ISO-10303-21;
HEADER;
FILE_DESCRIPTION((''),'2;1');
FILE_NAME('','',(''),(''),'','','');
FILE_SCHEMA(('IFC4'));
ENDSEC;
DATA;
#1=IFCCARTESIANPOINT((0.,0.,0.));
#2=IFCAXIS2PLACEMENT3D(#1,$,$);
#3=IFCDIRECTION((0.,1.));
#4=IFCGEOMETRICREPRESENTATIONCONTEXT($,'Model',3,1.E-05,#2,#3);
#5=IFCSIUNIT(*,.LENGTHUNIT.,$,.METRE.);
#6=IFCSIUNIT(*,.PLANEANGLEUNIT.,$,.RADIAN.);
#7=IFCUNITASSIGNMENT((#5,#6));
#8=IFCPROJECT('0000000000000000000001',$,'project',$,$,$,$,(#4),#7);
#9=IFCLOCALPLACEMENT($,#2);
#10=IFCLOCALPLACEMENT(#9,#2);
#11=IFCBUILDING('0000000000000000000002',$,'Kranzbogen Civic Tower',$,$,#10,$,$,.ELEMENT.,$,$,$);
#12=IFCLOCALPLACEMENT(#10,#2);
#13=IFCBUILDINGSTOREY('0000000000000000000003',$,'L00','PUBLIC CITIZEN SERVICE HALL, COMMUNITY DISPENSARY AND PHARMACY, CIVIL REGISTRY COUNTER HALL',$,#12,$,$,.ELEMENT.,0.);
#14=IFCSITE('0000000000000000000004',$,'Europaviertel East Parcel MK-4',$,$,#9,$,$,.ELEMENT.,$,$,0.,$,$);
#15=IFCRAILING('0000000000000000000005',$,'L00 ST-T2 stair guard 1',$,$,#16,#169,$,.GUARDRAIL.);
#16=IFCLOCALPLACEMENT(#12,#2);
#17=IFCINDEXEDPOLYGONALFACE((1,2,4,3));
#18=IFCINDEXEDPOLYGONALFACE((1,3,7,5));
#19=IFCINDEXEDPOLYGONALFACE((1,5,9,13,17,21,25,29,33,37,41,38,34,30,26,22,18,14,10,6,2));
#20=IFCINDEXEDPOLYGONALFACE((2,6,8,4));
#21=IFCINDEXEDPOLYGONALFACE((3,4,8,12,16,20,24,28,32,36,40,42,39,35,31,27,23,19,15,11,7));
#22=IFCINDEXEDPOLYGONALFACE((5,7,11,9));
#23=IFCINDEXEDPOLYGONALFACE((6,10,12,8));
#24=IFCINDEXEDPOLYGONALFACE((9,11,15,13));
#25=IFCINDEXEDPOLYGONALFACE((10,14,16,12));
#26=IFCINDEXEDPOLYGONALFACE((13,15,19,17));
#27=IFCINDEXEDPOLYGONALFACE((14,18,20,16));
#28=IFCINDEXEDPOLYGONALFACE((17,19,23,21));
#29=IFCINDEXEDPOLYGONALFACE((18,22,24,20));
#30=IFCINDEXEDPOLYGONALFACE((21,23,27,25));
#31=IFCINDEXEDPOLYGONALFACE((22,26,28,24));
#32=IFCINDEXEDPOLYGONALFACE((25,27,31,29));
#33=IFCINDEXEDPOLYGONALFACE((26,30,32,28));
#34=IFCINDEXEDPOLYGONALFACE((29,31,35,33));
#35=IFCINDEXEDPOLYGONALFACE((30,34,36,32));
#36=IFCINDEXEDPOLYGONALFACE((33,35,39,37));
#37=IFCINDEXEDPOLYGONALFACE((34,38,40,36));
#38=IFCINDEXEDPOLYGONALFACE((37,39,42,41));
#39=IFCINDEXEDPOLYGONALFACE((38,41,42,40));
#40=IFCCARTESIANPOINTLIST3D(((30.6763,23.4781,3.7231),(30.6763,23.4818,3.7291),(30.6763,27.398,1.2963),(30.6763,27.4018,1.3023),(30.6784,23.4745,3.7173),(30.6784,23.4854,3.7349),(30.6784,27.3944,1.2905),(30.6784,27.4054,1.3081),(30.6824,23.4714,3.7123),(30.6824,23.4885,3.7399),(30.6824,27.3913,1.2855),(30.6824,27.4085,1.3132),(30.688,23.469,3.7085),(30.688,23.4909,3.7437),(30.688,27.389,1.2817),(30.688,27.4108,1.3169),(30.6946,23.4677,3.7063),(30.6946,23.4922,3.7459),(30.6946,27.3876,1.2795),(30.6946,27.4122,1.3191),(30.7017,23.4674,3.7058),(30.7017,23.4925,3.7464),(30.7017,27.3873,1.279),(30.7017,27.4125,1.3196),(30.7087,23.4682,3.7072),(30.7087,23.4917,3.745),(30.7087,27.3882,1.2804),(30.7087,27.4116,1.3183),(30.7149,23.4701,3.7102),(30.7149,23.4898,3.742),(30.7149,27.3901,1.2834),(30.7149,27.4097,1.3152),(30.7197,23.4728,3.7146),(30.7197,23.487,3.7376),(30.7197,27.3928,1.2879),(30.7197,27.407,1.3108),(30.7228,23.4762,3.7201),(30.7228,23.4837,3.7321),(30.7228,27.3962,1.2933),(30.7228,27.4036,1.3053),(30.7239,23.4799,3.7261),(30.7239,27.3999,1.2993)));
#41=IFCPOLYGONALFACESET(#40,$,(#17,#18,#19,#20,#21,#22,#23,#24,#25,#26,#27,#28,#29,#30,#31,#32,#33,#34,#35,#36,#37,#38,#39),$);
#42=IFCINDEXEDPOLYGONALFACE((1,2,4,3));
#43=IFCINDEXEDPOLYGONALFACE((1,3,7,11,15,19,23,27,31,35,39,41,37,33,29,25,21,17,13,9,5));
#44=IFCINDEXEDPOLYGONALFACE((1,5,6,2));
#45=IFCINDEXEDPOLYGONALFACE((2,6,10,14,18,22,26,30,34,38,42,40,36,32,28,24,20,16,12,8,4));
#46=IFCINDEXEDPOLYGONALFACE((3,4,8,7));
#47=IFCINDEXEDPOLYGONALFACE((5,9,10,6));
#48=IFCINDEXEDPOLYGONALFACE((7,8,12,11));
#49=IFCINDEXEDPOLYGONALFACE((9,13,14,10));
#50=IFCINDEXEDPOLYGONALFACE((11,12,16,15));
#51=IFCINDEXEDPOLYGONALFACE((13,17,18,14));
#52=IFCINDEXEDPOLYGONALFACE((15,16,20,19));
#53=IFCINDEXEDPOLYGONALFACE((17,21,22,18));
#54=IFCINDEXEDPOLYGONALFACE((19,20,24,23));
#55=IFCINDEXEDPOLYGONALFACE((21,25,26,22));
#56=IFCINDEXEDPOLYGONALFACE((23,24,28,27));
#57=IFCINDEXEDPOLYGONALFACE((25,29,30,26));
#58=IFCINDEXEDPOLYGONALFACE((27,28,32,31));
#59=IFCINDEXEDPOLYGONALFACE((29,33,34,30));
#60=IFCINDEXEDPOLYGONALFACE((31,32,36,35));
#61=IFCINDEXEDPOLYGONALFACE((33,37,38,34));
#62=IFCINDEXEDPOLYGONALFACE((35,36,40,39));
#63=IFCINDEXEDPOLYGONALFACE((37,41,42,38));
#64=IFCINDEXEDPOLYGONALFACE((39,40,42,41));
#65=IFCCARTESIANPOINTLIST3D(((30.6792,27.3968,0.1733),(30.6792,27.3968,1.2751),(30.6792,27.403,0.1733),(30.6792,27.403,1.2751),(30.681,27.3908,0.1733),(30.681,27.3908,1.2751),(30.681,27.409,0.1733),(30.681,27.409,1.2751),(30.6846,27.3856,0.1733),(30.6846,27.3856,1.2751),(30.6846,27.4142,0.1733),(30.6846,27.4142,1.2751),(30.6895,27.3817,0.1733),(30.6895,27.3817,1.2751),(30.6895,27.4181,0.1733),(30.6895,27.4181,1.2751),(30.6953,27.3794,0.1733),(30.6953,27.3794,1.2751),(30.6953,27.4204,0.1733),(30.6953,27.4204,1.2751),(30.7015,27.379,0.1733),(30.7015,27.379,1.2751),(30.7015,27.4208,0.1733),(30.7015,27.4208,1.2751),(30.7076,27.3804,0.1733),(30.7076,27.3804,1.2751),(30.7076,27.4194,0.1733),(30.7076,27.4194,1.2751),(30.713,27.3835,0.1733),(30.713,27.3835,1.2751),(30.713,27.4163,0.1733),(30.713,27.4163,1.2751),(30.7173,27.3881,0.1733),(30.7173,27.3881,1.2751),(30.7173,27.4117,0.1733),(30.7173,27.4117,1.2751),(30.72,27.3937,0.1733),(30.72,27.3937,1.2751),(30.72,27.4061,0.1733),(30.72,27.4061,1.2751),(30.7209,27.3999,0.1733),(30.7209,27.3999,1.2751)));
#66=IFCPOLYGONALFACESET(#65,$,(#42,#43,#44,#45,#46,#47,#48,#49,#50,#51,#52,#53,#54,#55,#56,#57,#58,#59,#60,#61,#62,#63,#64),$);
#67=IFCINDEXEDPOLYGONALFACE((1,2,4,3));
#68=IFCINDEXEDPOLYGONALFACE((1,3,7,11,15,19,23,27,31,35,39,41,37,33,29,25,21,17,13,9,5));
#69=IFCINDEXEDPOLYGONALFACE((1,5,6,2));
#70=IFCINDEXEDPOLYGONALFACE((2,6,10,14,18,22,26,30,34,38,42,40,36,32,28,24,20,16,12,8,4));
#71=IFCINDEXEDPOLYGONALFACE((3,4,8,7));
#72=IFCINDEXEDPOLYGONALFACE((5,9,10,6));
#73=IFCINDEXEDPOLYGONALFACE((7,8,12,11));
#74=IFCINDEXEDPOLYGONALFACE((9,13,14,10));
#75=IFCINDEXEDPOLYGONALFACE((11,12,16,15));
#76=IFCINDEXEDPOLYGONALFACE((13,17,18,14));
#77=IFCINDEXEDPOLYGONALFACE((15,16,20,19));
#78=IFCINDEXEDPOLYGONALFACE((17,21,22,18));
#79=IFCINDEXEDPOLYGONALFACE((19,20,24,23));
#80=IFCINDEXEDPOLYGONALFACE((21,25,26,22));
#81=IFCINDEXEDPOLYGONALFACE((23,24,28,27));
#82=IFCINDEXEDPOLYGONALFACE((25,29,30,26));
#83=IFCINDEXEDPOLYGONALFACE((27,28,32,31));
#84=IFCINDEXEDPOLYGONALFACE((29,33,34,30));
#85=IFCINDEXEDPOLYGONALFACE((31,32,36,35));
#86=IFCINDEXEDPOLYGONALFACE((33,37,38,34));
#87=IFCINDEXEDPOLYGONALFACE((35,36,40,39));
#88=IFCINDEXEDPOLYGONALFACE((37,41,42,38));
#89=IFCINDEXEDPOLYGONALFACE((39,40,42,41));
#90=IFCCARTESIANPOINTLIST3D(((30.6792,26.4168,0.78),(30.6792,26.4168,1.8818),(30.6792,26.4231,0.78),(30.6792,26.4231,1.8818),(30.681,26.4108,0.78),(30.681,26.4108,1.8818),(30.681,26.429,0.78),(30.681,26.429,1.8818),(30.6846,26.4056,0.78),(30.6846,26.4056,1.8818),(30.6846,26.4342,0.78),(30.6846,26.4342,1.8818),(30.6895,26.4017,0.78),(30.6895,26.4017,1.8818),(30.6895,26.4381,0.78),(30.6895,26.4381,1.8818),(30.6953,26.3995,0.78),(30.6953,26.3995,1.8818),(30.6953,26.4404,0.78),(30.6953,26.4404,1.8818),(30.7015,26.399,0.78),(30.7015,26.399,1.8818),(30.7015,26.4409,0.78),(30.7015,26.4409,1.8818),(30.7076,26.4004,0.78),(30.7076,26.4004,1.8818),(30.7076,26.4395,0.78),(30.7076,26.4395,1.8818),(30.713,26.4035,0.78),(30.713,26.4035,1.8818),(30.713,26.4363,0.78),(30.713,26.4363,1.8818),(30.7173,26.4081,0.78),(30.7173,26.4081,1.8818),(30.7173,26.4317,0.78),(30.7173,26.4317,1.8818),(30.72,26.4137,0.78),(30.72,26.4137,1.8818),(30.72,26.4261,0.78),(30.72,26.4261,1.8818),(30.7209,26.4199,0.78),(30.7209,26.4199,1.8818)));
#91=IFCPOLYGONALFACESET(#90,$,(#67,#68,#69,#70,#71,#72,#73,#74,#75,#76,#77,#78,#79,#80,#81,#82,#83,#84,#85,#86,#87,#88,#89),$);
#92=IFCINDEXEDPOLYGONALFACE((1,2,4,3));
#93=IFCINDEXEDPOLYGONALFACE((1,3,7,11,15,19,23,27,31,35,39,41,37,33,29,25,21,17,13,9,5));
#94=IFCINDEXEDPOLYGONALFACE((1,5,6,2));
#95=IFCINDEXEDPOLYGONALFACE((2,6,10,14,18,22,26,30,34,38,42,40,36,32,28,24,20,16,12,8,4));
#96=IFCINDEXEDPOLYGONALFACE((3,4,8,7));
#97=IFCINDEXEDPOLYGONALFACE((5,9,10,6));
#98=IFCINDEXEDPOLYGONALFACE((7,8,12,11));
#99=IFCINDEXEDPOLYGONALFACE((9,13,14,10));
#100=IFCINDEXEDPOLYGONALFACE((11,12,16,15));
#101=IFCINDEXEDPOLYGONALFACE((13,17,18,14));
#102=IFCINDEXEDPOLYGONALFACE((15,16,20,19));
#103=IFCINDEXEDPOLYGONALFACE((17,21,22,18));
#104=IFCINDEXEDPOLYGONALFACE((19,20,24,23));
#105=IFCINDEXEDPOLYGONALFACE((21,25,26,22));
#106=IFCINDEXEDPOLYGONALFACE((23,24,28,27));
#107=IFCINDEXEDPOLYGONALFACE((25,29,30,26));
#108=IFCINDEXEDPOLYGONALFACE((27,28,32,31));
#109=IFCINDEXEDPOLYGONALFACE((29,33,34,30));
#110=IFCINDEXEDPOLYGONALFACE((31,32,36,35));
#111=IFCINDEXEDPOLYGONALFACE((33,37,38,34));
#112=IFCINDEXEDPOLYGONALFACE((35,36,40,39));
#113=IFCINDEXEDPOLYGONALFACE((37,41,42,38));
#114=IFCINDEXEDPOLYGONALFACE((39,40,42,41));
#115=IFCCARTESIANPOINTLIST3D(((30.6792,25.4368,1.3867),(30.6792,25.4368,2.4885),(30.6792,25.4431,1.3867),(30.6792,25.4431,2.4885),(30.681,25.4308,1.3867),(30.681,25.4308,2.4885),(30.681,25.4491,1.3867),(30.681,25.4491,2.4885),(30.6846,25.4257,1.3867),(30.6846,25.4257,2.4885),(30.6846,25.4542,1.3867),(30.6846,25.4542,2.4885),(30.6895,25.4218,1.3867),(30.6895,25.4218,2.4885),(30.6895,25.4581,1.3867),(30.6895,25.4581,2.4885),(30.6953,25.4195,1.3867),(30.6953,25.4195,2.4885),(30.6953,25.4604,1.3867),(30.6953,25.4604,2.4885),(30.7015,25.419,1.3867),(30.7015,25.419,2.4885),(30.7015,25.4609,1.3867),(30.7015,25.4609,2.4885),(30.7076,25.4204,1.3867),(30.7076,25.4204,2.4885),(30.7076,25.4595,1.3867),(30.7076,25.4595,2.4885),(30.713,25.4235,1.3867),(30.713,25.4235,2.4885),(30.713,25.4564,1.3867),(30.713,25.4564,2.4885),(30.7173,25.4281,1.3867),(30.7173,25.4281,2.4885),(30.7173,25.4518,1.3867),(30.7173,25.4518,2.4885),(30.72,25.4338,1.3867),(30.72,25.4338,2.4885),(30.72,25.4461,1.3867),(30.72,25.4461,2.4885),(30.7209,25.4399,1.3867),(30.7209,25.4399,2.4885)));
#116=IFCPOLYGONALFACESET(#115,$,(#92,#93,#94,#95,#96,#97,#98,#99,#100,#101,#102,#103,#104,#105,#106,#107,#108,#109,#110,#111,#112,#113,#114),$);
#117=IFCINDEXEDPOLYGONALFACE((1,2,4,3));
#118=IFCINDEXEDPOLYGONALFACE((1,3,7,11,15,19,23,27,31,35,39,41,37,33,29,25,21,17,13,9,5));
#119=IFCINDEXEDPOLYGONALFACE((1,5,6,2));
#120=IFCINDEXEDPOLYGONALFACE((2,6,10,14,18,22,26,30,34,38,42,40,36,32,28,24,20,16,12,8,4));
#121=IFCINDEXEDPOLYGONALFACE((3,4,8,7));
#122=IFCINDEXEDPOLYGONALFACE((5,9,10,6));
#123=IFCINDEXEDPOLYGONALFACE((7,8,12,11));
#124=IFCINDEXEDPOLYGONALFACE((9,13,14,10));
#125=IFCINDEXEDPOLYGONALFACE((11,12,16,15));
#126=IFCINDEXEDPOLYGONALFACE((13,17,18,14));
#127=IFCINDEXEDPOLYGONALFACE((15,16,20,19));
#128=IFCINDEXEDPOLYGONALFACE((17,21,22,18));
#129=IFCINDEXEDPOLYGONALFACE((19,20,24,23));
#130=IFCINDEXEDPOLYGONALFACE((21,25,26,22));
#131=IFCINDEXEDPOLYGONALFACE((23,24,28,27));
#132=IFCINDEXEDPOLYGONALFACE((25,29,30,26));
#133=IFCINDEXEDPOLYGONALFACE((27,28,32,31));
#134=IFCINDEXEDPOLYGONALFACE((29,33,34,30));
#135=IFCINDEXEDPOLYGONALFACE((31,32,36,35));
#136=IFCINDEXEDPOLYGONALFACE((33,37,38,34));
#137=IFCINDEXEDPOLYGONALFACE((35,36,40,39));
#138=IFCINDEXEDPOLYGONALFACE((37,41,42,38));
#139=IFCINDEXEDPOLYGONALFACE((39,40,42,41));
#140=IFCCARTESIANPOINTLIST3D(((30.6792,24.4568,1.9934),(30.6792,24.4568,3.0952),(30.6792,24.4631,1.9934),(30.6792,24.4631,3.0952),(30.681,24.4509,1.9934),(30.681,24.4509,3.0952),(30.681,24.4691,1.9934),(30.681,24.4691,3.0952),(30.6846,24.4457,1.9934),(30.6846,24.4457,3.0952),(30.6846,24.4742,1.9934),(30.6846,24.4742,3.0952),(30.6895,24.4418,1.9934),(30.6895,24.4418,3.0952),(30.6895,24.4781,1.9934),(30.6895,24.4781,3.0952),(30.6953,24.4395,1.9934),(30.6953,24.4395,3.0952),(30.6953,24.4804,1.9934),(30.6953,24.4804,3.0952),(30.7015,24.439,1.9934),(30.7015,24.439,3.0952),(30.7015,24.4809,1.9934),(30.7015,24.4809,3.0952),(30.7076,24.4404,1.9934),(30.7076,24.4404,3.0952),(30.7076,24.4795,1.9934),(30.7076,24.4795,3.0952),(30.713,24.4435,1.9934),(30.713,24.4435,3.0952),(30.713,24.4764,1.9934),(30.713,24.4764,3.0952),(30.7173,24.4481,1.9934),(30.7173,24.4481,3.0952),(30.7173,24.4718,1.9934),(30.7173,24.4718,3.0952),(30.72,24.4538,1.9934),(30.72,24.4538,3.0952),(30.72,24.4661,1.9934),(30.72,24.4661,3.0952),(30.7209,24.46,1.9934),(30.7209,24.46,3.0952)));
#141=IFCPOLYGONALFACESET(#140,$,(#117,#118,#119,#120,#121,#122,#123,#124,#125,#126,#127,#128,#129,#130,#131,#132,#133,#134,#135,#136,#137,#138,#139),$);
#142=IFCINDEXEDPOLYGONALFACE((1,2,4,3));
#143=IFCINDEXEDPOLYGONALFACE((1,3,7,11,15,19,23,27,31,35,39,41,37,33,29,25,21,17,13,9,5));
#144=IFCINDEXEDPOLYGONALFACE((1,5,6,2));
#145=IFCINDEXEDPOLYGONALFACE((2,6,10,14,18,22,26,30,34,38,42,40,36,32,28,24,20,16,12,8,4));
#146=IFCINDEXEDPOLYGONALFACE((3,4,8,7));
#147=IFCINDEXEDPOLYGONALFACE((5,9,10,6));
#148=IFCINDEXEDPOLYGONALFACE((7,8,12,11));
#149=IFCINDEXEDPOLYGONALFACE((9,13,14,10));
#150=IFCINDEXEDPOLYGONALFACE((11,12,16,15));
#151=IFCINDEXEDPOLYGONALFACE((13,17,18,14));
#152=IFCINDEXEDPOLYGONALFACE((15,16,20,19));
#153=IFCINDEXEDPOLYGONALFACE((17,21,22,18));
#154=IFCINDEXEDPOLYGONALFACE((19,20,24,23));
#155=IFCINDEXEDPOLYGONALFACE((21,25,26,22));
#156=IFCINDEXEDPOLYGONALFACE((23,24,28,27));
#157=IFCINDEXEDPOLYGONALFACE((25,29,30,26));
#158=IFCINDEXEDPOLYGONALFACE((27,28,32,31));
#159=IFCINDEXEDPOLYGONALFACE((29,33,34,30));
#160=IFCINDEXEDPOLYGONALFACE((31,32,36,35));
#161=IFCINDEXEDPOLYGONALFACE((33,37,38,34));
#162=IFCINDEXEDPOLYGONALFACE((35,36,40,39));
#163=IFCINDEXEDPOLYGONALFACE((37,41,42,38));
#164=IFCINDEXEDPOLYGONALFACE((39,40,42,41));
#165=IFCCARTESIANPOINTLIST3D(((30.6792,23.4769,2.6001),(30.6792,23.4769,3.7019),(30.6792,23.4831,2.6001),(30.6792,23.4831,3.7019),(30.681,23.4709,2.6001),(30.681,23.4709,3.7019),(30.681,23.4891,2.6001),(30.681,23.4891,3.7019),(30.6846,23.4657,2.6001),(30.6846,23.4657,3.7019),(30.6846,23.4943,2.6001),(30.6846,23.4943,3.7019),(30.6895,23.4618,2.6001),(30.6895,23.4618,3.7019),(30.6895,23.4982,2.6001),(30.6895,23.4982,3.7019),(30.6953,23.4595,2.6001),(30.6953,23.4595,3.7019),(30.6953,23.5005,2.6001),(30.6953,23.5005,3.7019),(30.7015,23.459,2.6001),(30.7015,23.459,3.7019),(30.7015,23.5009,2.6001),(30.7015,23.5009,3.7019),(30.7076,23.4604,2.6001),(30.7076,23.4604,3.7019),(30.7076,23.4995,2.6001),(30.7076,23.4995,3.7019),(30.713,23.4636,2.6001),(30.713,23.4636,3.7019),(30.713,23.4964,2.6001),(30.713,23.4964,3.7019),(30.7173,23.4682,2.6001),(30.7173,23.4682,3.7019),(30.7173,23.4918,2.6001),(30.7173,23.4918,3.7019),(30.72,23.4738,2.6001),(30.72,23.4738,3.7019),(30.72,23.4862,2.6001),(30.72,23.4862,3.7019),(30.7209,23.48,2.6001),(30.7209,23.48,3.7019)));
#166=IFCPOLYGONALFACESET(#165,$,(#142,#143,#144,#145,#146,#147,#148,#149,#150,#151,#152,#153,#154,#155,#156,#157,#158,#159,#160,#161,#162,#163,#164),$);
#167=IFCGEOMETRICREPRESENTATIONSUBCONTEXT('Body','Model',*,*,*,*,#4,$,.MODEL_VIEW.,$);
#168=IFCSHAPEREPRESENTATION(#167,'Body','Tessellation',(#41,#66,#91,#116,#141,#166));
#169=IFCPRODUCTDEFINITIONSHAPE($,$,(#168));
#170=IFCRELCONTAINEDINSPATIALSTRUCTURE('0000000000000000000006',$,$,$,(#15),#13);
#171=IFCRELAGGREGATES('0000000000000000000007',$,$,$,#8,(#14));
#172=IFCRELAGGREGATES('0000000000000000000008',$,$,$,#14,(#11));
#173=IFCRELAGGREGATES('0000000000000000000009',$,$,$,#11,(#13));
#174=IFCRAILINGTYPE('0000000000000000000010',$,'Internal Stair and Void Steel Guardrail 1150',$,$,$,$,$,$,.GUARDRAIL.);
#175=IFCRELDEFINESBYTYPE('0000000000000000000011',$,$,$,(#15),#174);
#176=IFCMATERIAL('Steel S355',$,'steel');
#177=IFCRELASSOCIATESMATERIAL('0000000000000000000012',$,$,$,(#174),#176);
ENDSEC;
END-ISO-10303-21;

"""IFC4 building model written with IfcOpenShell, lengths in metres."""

from ifc_helpers import new_model, si_unit, direction, frame, origin, origin_2d, place, context, subcontext, project, spatial, circle, extrude, material, type_object, element, save


model = new_model("IFC4")

# Units and contexts
model_context = context("Model", 3, precision=1e-05, world=origin(), true_north=direction((0.0, 1.0)))
body_context = subcontext(model_context, "Body", "Model", "MODEL_VIEW")
ifc_project = project(units=[si_unit("LENGTHUNIT", "METRE"), si_unit("PLANEANGLEUNIT", "RADIAN")], contexts=[model_context])

# Site, building, storey
site_placement = place(None, origin())
site = spatial("IfcSite", under=ifc_project, at=site_placement, Name="Europaviertel East Parcel MK-4", CompositionType="ELEMENT", RefElevation=0.0)
building_placement = place(site_placement, origin())
building = spatial("IfcBuilding", under=site, at=building_placement, Name="Kranzbogen Civic Tower", CompositionType="ELEMENT")
storey_placement = place(building_placement, origin())
storey = spatial("IfcBuildingStorey", under=building, at=storey_placement, Name="L00", Description="PUBLIC CITIZEN SERVICE HALL, COMMUNITY DISPENSARY AND PHARMACY, CIVIL REGISTRY COUNTER HALL", CompositionType="ELEMENT", Elevation=0.0)

# Shared definitions
ifc_material_1 = material(Name="Steel S355", Category="steel")

# Railing
railing_type_1 = type_object("IfcRailingType", Name="Internal Stair and Void Steel Guardrail 1150", PredefinedType="GUARDRAIL", material=ifc_material_1)
railing_1_placement = place(storey_placement, frame((30.7, 27.3999, 0.1733)))
element("IfcRailing", 1, at=railing_1_placement, inside=storey, type_object=railing_type_1, Name="L00 ST-T2 stair guard 1", PredefinedType="GUARDRAIL", context=body_context, shape_type="SweptSolid", body=[
    extrude(circle(Radius=0.0239, at=origin_2d()), frame((0.0, 0.0, 1.126), z_axis=(0.0, -0.850252, 0.526376), x_axis=(1.0, 0.0, 0.0)), (0.0, 0.0, 1.0), 4.6104),
    extrude(circle(Radius=0.021, at=origin_2d()), origin(), (0.0, 0.0, 1.0), 1.1018),
    extrude(circle(Radius=0.021, at=origin_2d()), frame((0.0, -0.98, 0.6067)), (0.0, 0.0, 1.0), 1.1018),
    extrude(circle(Radius=0.021, at=origin_2d()), frame((0.0, -1.96, 1.2134)), (0.0, 0.0, 1.0), 1.1018),
    extrude(circle(Radius=0.021, at=origin_2d()), frame((0.0, -2.9399, 1.8201)), (0.0, 0.0, 1.0), 1.1018),
    extrude(circle(Radius=0.021, at=origin_2d()), frame((0.0, -3.9199, 2.4268)), (0.0, 0.0, 1.0), 1.1018),
])

save(model, "model.ifc")
